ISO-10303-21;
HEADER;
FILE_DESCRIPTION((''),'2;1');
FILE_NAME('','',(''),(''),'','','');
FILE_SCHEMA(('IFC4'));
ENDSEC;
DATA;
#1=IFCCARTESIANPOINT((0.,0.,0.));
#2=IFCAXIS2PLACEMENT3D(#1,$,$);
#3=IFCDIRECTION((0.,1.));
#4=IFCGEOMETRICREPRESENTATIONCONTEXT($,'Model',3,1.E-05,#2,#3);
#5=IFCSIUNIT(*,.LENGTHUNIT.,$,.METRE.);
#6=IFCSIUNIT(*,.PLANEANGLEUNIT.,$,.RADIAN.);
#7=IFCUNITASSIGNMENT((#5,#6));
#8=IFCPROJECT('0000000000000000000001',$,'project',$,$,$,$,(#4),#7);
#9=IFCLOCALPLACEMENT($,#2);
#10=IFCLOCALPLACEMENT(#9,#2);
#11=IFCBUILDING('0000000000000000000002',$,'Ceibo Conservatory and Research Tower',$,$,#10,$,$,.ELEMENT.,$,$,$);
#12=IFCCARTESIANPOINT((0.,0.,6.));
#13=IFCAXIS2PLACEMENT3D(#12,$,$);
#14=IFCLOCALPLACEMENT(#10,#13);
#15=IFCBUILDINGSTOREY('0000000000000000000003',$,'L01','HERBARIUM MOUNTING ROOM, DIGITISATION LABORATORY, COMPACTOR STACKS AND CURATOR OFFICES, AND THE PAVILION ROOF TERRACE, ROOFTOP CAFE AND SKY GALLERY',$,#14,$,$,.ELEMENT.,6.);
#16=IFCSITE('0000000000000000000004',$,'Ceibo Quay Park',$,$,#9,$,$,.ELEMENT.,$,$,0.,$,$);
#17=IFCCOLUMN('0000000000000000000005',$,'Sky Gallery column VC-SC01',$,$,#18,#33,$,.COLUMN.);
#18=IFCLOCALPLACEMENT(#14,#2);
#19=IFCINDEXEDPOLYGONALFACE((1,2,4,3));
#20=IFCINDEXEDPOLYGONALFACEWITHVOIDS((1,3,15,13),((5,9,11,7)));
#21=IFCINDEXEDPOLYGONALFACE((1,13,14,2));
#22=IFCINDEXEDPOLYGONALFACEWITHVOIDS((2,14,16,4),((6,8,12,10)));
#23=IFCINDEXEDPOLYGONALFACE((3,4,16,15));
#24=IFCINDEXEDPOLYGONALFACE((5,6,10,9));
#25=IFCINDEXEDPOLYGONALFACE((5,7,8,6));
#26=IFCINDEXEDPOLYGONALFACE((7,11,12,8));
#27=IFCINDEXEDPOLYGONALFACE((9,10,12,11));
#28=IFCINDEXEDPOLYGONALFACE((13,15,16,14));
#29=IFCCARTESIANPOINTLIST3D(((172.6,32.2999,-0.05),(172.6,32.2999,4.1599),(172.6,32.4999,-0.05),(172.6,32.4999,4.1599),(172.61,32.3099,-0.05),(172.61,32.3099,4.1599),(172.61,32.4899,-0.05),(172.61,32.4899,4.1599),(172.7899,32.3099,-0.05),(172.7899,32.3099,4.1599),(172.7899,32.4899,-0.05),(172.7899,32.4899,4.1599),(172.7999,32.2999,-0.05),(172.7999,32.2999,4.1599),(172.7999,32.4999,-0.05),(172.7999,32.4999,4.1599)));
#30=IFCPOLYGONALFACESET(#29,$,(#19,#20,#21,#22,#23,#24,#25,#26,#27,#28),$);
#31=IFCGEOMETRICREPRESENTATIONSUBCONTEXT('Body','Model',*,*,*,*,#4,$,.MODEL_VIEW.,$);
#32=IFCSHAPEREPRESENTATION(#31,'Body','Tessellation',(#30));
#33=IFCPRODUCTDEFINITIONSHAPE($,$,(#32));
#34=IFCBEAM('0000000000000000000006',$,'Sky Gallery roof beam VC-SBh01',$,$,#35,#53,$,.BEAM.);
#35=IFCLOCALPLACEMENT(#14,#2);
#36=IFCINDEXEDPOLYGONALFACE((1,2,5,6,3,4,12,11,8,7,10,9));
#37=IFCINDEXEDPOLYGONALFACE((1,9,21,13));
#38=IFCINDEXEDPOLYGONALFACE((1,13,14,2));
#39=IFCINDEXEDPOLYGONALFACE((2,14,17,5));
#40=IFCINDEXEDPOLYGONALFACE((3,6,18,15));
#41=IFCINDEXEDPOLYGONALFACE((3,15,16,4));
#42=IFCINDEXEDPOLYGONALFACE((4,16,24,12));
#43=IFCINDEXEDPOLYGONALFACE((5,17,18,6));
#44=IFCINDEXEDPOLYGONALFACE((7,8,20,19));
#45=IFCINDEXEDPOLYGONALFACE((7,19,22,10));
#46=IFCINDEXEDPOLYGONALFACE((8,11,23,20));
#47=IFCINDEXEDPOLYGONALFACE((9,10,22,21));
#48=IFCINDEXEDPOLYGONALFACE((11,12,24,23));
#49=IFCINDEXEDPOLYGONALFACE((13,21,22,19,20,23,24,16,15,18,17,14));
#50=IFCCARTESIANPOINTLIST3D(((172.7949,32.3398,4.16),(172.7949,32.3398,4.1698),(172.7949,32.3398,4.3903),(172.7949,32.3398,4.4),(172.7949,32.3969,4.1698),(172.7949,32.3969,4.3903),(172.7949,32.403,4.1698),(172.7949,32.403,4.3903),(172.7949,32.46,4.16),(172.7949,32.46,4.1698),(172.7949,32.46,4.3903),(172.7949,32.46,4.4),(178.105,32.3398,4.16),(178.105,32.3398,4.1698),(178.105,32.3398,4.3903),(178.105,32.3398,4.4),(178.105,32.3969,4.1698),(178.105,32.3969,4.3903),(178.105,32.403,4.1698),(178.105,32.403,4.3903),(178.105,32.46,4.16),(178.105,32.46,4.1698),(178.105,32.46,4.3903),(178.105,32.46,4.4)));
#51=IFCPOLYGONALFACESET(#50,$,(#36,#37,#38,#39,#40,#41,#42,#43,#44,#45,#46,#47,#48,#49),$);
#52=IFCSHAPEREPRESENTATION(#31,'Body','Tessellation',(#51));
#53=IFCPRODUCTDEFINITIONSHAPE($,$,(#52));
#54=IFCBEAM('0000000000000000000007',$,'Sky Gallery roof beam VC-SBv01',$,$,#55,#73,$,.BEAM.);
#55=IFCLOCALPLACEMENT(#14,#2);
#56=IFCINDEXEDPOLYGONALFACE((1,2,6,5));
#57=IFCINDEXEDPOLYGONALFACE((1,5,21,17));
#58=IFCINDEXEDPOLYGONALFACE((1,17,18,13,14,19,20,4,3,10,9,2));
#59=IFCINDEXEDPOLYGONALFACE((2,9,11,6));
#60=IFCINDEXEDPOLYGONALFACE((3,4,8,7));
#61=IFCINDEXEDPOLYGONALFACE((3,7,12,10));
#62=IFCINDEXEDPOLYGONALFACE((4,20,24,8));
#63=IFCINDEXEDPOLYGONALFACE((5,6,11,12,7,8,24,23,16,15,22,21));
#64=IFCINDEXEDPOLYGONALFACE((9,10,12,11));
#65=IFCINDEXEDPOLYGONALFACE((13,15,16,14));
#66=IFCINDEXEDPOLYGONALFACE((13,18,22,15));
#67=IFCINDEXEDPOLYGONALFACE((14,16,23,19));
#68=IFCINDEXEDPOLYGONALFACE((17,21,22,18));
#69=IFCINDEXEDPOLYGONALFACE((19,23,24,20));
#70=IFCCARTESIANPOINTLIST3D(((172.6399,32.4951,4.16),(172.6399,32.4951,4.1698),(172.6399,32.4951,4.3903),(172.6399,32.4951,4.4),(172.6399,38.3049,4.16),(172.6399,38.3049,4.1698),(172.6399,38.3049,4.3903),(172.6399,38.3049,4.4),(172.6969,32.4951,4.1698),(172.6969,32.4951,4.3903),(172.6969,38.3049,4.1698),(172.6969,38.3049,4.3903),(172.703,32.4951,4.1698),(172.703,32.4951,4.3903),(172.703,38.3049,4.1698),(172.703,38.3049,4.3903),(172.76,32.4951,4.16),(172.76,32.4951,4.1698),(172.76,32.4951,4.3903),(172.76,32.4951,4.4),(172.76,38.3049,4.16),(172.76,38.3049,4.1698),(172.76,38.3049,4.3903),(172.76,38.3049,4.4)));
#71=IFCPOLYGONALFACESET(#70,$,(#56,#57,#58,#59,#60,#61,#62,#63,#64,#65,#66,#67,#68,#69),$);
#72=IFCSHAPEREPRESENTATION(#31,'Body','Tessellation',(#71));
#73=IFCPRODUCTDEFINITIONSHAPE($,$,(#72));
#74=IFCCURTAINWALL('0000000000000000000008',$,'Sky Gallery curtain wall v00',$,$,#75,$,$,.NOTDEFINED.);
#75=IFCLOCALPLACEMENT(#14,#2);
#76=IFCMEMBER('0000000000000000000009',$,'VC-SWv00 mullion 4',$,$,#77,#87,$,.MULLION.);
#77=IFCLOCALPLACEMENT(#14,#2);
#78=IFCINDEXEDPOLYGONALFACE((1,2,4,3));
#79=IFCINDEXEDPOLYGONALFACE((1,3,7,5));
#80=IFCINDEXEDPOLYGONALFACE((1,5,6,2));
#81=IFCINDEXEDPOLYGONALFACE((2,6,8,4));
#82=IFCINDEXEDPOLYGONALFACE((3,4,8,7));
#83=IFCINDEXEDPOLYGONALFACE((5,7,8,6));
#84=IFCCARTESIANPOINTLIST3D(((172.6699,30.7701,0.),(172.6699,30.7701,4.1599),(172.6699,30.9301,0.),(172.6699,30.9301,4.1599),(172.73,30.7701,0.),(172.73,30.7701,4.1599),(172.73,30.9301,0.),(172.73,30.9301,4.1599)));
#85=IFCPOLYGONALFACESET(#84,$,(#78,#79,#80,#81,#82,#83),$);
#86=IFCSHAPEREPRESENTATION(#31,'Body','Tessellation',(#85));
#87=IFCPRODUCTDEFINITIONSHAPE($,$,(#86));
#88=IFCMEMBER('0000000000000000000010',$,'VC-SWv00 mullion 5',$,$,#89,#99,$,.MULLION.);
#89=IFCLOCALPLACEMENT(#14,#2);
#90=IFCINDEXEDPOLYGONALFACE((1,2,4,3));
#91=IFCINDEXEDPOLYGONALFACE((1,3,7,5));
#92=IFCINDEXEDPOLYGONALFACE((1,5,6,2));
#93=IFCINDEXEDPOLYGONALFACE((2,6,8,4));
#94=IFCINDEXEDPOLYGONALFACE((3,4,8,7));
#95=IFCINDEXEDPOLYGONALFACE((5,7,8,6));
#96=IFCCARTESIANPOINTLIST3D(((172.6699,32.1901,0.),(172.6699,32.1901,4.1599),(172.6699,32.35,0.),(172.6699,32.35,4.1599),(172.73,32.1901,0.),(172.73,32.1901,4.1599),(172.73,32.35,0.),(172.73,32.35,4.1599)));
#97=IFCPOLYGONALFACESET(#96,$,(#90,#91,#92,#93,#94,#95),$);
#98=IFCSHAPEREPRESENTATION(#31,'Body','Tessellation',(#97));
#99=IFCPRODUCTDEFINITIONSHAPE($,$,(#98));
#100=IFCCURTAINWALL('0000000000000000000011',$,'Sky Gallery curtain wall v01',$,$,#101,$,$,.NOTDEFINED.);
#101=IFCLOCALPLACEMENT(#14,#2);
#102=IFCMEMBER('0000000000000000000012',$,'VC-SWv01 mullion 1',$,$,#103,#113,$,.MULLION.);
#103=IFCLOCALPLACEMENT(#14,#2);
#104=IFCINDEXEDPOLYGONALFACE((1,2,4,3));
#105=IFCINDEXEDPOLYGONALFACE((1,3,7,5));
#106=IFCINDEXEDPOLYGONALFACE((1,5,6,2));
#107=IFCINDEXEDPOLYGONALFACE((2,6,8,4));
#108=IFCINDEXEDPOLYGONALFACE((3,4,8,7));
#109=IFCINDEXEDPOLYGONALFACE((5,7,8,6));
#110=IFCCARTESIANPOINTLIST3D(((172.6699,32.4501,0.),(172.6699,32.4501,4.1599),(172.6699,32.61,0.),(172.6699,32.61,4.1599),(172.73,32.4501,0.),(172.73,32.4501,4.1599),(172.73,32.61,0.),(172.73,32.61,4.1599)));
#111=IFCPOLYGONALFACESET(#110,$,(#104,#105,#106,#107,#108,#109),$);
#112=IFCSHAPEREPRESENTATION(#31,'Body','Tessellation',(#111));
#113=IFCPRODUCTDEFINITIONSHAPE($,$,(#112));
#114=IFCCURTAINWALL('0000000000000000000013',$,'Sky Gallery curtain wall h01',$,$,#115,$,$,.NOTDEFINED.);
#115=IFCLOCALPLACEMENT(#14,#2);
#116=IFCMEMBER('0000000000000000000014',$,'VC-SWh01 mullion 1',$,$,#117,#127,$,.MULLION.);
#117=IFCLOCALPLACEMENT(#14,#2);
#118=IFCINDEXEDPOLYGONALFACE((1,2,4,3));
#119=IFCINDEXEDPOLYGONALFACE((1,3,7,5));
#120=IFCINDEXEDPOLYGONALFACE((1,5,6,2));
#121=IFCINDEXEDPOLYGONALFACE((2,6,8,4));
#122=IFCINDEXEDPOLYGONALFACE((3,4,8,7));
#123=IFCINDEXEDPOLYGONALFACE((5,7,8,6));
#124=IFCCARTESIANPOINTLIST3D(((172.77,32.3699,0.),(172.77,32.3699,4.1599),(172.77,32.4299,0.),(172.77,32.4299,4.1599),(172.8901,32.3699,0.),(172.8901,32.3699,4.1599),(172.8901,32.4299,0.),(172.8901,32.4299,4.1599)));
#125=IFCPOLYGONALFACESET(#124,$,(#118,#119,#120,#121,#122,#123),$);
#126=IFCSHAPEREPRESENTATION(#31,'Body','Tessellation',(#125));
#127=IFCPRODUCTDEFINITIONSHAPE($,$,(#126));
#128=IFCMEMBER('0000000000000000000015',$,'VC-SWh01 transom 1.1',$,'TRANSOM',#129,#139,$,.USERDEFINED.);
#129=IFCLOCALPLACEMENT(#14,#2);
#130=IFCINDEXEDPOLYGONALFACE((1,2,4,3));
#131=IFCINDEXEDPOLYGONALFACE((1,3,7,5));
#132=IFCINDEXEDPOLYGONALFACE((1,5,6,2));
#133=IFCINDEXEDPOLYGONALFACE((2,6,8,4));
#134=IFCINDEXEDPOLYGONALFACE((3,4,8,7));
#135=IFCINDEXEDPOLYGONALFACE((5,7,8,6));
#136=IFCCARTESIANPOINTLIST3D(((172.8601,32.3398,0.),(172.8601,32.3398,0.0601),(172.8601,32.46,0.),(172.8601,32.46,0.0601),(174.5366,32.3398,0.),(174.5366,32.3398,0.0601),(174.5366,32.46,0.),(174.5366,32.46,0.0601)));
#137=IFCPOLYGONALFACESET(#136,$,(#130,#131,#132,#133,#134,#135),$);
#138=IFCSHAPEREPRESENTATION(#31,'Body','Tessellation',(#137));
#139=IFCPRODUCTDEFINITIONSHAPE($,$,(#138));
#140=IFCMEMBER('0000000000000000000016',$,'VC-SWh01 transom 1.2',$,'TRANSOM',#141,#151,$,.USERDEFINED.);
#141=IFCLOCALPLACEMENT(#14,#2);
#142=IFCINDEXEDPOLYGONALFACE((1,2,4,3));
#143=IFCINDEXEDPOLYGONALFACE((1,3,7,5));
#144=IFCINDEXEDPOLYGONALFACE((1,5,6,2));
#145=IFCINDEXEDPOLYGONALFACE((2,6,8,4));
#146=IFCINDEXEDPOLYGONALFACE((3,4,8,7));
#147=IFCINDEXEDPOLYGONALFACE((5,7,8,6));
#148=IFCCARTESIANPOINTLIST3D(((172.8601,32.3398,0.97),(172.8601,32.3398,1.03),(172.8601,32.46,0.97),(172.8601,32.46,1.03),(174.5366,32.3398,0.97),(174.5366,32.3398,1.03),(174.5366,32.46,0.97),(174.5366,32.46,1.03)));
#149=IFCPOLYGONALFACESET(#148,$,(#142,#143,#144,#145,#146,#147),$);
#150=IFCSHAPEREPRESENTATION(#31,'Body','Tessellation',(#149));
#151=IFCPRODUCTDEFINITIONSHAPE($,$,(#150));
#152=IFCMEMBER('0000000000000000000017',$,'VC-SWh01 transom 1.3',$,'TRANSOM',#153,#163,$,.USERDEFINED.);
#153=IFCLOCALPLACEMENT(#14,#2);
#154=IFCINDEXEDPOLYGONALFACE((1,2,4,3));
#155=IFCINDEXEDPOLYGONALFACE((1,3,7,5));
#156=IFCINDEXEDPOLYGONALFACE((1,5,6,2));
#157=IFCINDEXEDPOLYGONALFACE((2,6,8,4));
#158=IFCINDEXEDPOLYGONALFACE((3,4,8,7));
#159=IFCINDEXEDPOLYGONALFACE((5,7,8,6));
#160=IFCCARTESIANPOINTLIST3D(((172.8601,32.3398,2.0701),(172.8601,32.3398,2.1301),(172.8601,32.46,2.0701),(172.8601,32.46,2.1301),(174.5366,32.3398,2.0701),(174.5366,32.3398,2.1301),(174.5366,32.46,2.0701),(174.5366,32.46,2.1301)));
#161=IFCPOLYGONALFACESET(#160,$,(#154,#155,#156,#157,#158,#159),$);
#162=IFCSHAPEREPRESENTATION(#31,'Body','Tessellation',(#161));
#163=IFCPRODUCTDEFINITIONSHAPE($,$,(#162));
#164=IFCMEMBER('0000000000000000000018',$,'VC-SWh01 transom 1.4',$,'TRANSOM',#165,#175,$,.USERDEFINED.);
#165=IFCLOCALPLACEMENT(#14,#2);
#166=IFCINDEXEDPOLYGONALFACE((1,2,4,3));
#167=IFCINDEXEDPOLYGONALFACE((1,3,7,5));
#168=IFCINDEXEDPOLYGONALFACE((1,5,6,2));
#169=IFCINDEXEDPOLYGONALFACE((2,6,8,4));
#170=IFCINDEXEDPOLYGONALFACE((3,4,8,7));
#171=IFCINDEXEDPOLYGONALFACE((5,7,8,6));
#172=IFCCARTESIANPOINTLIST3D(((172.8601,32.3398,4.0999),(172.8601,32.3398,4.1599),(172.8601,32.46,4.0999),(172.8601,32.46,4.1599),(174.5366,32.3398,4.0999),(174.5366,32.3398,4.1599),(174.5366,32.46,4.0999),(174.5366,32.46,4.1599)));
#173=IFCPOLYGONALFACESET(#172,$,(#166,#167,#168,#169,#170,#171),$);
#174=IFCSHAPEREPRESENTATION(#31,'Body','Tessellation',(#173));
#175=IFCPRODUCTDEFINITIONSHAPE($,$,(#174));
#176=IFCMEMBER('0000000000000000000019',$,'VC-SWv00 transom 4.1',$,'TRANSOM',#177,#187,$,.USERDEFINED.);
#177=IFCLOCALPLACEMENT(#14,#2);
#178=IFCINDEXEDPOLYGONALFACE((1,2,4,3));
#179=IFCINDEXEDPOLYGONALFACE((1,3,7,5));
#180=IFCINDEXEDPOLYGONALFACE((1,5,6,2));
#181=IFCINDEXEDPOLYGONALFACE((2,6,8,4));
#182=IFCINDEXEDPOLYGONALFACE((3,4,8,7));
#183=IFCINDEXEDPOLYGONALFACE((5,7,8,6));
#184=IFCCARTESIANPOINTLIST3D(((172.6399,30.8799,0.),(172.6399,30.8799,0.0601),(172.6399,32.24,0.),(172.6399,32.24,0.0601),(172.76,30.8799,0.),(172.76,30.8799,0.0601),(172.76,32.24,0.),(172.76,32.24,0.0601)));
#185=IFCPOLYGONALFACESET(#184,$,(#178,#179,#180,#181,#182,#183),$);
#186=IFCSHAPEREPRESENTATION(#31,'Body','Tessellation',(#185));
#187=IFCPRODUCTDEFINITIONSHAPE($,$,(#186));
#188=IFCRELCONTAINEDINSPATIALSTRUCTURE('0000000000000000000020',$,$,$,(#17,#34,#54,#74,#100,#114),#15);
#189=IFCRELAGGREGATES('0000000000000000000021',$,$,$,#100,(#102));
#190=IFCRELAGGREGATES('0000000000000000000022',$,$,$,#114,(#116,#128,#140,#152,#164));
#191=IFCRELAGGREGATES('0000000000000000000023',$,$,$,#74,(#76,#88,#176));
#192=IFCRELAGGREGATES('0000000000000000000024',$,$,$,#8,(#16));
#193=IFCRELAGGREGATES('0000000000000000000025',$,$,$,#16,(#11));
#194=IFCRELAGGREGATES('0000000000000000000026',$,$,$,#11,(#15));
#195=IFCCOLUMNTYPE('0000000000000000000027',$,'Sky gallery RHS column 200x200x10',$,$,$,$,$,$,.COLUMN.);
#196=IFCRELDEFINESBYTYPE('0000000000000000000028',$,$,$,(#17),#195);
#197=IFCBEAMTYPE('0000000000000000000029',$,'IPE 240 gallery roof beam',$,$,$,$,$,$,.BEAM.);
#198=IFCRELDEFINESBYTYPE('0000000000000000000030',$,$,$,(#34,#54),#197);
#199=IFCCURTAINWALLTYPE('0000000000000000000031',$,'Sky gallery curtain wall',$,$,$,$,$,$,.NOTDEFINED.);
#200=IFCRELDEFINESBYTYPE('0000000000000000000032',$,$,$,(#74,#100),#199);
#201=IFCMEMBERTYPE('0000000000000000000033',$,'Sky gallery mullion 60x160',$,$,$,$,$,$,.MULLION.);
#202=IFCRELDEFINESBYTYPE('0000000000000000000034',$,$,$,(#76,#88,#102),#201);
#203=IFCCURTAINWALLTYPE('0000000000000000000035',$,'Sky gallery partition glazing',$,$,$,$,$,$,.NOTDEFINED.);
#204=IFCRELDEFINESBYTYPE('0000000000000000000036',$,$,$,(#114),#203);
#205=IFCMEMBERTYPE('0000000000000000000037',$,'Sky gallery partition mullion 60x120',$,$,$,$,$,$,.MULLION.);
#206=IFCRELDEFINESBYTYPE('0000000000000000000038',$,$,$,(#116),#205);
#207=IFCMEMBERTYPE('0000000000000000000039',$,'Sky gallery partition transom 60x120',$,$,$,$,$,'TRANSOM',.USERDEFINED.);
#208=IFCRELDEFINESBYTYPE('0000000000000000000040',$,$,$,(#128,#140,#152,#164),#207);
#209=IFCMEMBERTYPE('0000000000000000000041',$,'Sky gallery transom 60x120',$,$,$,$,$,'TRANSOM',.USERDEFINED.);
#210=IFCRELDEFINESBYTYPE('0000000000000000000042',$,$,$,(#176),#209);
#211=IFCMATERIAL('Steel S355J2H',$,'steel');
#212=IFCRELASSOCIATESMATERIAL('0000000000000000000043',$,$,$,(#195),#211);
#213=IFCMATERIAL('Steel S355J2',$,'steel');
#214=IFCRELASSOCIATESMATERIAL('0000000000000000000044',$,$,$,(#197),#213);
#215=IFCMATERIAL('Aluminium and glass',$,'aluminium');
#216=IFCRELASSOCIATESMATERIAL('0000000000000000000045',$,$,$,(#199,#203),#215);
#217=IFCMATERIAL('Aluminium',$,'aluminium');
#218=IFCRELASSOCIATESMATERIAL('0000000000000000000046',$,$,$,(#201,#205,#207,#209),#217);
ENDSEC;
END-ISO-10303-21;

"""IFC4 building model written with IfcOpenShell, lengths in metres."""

from ifc_helpers import new_model, si_unit, direction, frame, origin, origin_2d, place, context, subcontext, project, spatial, rectangle, hollow_rectangle, i_section, extrude, material, material_profile, profile_set, type_object, element, aggregate, save


model = new_model("IFC4")

# Units and contexts
model_context = context("Model", 3, precision=1e-05, world=origin(), true_north=direction((0.0, 1.0)))
body_context = subcontext(model_context, "Body", "Model", "MODEL_VIEW")
ifc_project = project(units=[si_unit("LENGTHUNIT", "METRE"), si_unit("PLANEANGLEUNIT", "RADIAN")], contexts=[model_context])

# Site, building, storey
site_placement = place(None, origin())
site = spatial("IfcSite", under=ifc_project, at=site_placement, Name="Ceibo Quay Park", CompositionType="ELEMENT", RefElevation=0.0)
building_placement = place(site_placement, origin())
building = spatial("IfcBuilding", under=site, at=building_placement, Name="Ceibo Conservatory and Research Tower", CompositionType="ELEMENT")
storey_placement = place(building_placement, frame((0.0, 0.0, 6.0)))
storey = spatial("IfcBuildingStorey", under=building, at=storey_placement, Name="L01", Description="HERBARIUM MOUNTING ROOM, DIGITISATION LABORATORY, COMPACTOR STACKS AND CURATOR OFFICES, AND THE PAVILION ROOF TERRACE, ROOFTOP CAFE AND SKY GALLERY", CompositionType="ELEMENT", Elevation=6.0)

# Column
ifc_material_1 = material(Name="Steel S355J2H", Category="steel")
ifc_material_profile_1 = material_profile(ifc_material_1, hollow_rectangle(XDim=0.2, YDim=0.2, WallThickness=0.01, at=origin_2d()), Name="Sky gallery RHS column 200x200x10")
ifc_profile_set_1 = profile_set([ifc_material_profile_1], Name="Steel S355J2H")
column_type = type_object("IfcColumnType", Name="Sky gallery RHS column 200x200x10", PredefinedType="COLUMN", material=ifc_profile_set_1)
column_placement = place(storey_placement, frame((172.7, 32.3999, -0.05), z_axis=(0.0, 0.0, 1.0), x_axis=(1.0, 0.0, 0.0)))
element("IfcColumn", 1, at=column_placement, inside=storey, type_object=column_type, Name="Sky Gallery column VC-SC01", PredefinedType="COLUMN", context=body_context, shape_type="SweptSolid", body=[
    extrude(hollow_rectangle(XDim=0.2, YDim=0.2, WallThickness=0.01, at=origin_2d()), origin(), (0.0, 0.0, 1.0), 4.21),
])

# Beams
ifc_material_2 = material(Name="Steel S355J2", Category="steel")
ifc_material_profile_2 = material_profile(ifc_material_2, i_section(OverallWidth=0.1201, OverallDepth=0.24, WebThickness=0.0061, FlangeThickness=0.0098, at=origin_2d()), Name="IPE 240")
ifc_profile_set_2 = profile_set([ifc_material_profile_2], Name="Steel S355J2")
beam_type = type_object("IfcBeamType", Name="IPE 240 gallery roof beam", PredefinedType="BEAM", material=ifc_profile_set_2)
beam_1_placement = place(storey_placement, frame((172.7949, 32.3999, 4.28), z_axis=(1.0, 0.0, 0.0), x_axis=(0.0, 1.0, 0.0)))
element("IfcBeam", 2, at=beam_1_placement, inside=storey, type_object=beam_type, Name="Sky Gallery roof beam VC-SBh01", PredefinedType="BEAM", context=body_context, shape_type="SweptSolid", body=[
    extrude(i_section(OverallWidth=0.1201, OverallDepth=0.24, WebThickness=0.0061, FlangeThickness=0.0098, at=origin_2d()), origin(), (0.0, 0.0, 1.0), 5.3101),
])
beam_2_placement = place(storey_placement, frame((172.7, 32.4951, 4.28), z_axis=(0.0, 1.0, 0.0), x_axis=(-1.0, 0.0, 0.0)))
element("IfcBeam", 3, at=beam_2_placement, inside=storey, type_object=beam_type, Name="Sky Gallery roof beam VC-SBv01", PredefinedType="BEAM", context=body_context, shape_type="SweptSolid", body=[
    extrude(i_section(OverallWidth=0.1201, OverallDepth=0.24, WebThickness=0.0061, FlangeThickness=0.0098, at=origin_2d()), origin(), (0.0, 0.0, 1.0), 5.8098),
])

# Curtain wall, members
ifc_material_3 = material(Name="Aluminium and glass", Category="aluminium")
curtain_wall_type_1 = type_object("IfcCurtainWallType", Name="Sky gallery curtain wall", PredefinedType="NOTDEFINED", material=ifc_material_3)
curtain_wall_1_placement = place(storey_placement, origin())
curtain_wall_1 = element("IfcCurtainWall", 4, at=curtain_wall_1_placement, inside=storey, type_object=curtain_wall_type_1, Name="Sky Gallery curtain wall v00", PredefinedType="NOTDEFINED")
ifc_material_4 = material(Name="Aluminium", Category="aluminium")
ifc_material_profile_3 = material_profile(ifc_material_4, rectangle(XDim=0.0601, YDim=0.1599, at=origin_2d()), Name="AL 60x160")
ifc_profile_set_3 = profile_set([ifc_material_profile_3], Name="Aluminium")
member_type_1 = type_object("IfcMemberType", Name="Sky gallery mullion 60x160", PredefinedType="MULLION", material=ifc_profile_set_3)
member_1_placement = place(storey_placement, frame((172.7, 30.8501, 0.0), z_axis=(0.0, 0.0, 1.0), x_axis=(-1.0, 0.0, 0.0)))
member_1 = element("IfcMember", 5, at=member_1_placement, type_object=member_type_1, Name="VC-SWv00 mullion 4", PredefinedType="MULLION", context=body_context, shape_type="SweptSolid", body=[
    extrude(rectangle(XDim=0.0601, YDim=0.1599, at=origin_2d()), origin(), (0.0, 0.0, 1.0), 4.1599),
])
member_2_placement = place(storey_placement, frame((172.7, 32.27, 0.0), z_axis=(0.0, 0.0, 1.0), x_axis=(-1.0, 0.0, 0.0)))
member_2 = element("IfcMember", 6, at=member_2_placement, type_object=member_type_1, Name="VC-SWv00 mullion 5", PredefinedType="MULLION", context=body_context, shape_type="SweptSolid", body=[
    extrude(rectangle(XDim=0.0601, YDim=0.1599, at=origin_2d()), origin(), (0.0, 0.0, 1.0), 4.1599),
])

# Curtain wall, member
curtain_wall_2_placement = place(storey_placement, origin())
curtain_wall_2 = element("IfcCurtainWall", 7, at=curtain_wall_2_placement, inside=storey, type_object=curtain_wall_type_1, Name="Sky Gallery curtain wall v01", PredefinedType="NOTDEFINED")
member_3_placement = place(storey_placement, frame((172.7, 32.53, 0.0), z_axis=(0.0, 0.0, 1.0), x_axis=(-1.0, 0.0, 0.0)))
member_3 = element("IfcMember", 8, at=member_3_placement, type_object=member_type_1, Name="VC-SWv01 mullion 1", PredefinedType="MULLION", context=body_context, shape_type="SweptSolid", body=[
    extrude(rectangle(XDim=0.0601, YDim=0.1599, at=origin_2d()), origin(), (0.0, 0.0, 1.0), 4.1599),
])
aggregate(curtain_wall_2, [member_3])

# Curtain wall, members
curtain_wall_type_2 = type_object("IfcCurtainWallType", Name="Sky gallery partition glazing", PredefinedType="NOTDEFINED", material=ifc_material_3)
curtain_wall_3_placement = place(storey_placement, origin())
curtain_wall_3 = element("IfcCurtainWall", 9, at=curtain_wall_3_placement, inside=storey, type_object=curtain_wall_type_2, Name="Sky Gallery curtain wall h01", PredefinedType="NOTDEFINED")
ifc_material_profile_4 = material_profile(ifc_material_4, rectangle(XDim=0.0601, YDim=0.1201, at=origin_2d()), Name="AL 60x120")
ifc_profile_set_4 = profile_set([ifc_material_profile_4], Name="Aluminium")
member_type_2 = type_object("IfcMemberType", Name="Sky gallery partition mullion 60x120", PredefinedType="MULLION", material=ifc_profile_set_4)
member_4_placement = place(storey_placement, frame((172.8301, 32.3999, 0.0), z_axis=(0.0, 0.0, 1.0), x_axis=(0.0, 1.0, 0.0)))
member_4 = element("IfcMember", 10, at=member_4_placement, type_object=member_type_2, Name="VC-SWh01 mullion 1", PredefinedType="MULLION", context=body_context, shape_type="SweptSolid", body=[
    extrude(rectangle(XDim=0.0601, YDim=0.1201, at=origin_2d()), origin(), (0.0, 0.0, 1.0), 4.1599),
])
ifc_material_profile_5 = material_profile(ifc_material_4, rectangle(XDim=0.1201, YDim=0.0601, at=origin_2d()), Name="AL 60x120")
ifc_profile_set_5 = profile_set([ifc_material_profile_5], Name="Aluminium")
member_type_3 = type_object("IfcMemberType", Name="Sky gallery partition transom 60x120", ElementType="TRANSOM", PredefinedType="USERDEFINED", material=ifc_profile_set_5)
member_5_placement = place(storey_placement, frame((172.8601, 32.3999, 0.03), z_axis=(1.0, 0.0, 0.0), x_axis=(0.0, 1.0, 0.0)))
member_5 = element("IfcMember", 11, at=member_5_placement, type_object=member_type_3, Name="VC-SWh01 transom 1.1", ObjectType="TRANSOM", PredefinedType="USERDEFINED", context=body_context, shape_type="SweptSolid", body=[
    extrude(rectangle(XDim=0.1201, YDim=0.0601, at=origin_2d()), origin(), (0.0, 0.0, 1.0), 1.6765),
])
member_6_placement = place(storey_placement, frame((172.8601, 32.3999, 1.0), z_axis=(1.0, 0.0, 0.0), x_axis=(0.0, 1.0, 0.0)))
member_6 = element("IfcMember", 12, at=member_6_placement, type_object=member_type_3, Name="VC-SWh01 transom 1.2", ObjectType="TRANSOM", PredefinedType="USERDEFINED", context=body_context, shape_type="SweptSolid", body=[
    extrude(rectangle(XDim=0.1201, YDim=0.0601, at=origin_2d()), origin(), (0.0, 0.0, 1.0), 1.6765),
])
member_7_placement = place(storey_placement, frame((172.8601, 32.3999, 2.1001), z_axis=(1.0, 0.0, 0.0), x_axis=(0.0, 1.0, 0.0)))
member_7 = element("IfcMember", 13, at=member_7_placement, type_object=member_type_3, Name="VC-SWh01 transom 1.3", ObjectType="TRANSOM", PredefinedType="USERDEFINED", context=body_context, shape_type="SweptSolid", body=[
    extrude(rectangle(XDim=0.1201, YDim=0.0601, at=origin_2d()), origin(), (0.0, 0.0, 1.0), 1.6765),
])
member_8_placement = place(storey_placement, frame((172.8601, 32.3999, 4.1299), z_axis=(1.0, 0.0, 0.0), x_axis=(0.0, 1.0, 0.0)))
member_8 = element("IfcMember", 14, at=member_8_placement, type_object=member_type_3, Name="VC-SWh01 transom 1.4", ObjectType="TRANSOM", PredefinedType="USERDEFINED", context=body_context, shape_type="SweptSolid", body=[
    extrude(rectangle(XDim=0.1201, YDim=0.0601, at=origin_2d()), origin(), (0.0, 0.0, 1.0), 1.6765),
])

# Member
ifc_material_profile_6 = material_profile(ifc_material_4, rectangle(XDim=0.1201, YDim=0.0601, at=origin_2d()), Name="AL 60x120")
ifc_profile_set_6 = profile_set([ifc_material_profile_6], Name="Aluminium")
member_type_4 = type_object("IfcMemberType", Name="Sky gallery transom 60x120", ElementType="TRANSOM", PredefinedType="USERDEFINED", material=ifc_profile_set_6)
member_9_placement = place(storey_placement, frame((172.7, 30.8799, 0.03), z_axis=(0.0, 1.0, 0.0), x_axis=(-1.0, 0.0, 0.0)))
member_9 = element("IfcMember", 15, at=member_9_placement, type_object=member_type_4, Name="VC-SWv00 transom 4.1", ObjectType="TRANSOM", PredefinedType="USERDEFINED", context=body_context, shape_type="SweptSolid", body=[
    extrude(rectangle(XDim=0.1201, YDim=0.0601, at=origin_2d()), origin(), (0.0, 0.0, 1.0), 1.3601),
])

aggregate(curtain_wall_3, [member_4, member_5, member_6, member_7, member_8])
aggregate(curtain_wall_1, [member_1, member_2, member_9])

save(model, "model.ifc")
